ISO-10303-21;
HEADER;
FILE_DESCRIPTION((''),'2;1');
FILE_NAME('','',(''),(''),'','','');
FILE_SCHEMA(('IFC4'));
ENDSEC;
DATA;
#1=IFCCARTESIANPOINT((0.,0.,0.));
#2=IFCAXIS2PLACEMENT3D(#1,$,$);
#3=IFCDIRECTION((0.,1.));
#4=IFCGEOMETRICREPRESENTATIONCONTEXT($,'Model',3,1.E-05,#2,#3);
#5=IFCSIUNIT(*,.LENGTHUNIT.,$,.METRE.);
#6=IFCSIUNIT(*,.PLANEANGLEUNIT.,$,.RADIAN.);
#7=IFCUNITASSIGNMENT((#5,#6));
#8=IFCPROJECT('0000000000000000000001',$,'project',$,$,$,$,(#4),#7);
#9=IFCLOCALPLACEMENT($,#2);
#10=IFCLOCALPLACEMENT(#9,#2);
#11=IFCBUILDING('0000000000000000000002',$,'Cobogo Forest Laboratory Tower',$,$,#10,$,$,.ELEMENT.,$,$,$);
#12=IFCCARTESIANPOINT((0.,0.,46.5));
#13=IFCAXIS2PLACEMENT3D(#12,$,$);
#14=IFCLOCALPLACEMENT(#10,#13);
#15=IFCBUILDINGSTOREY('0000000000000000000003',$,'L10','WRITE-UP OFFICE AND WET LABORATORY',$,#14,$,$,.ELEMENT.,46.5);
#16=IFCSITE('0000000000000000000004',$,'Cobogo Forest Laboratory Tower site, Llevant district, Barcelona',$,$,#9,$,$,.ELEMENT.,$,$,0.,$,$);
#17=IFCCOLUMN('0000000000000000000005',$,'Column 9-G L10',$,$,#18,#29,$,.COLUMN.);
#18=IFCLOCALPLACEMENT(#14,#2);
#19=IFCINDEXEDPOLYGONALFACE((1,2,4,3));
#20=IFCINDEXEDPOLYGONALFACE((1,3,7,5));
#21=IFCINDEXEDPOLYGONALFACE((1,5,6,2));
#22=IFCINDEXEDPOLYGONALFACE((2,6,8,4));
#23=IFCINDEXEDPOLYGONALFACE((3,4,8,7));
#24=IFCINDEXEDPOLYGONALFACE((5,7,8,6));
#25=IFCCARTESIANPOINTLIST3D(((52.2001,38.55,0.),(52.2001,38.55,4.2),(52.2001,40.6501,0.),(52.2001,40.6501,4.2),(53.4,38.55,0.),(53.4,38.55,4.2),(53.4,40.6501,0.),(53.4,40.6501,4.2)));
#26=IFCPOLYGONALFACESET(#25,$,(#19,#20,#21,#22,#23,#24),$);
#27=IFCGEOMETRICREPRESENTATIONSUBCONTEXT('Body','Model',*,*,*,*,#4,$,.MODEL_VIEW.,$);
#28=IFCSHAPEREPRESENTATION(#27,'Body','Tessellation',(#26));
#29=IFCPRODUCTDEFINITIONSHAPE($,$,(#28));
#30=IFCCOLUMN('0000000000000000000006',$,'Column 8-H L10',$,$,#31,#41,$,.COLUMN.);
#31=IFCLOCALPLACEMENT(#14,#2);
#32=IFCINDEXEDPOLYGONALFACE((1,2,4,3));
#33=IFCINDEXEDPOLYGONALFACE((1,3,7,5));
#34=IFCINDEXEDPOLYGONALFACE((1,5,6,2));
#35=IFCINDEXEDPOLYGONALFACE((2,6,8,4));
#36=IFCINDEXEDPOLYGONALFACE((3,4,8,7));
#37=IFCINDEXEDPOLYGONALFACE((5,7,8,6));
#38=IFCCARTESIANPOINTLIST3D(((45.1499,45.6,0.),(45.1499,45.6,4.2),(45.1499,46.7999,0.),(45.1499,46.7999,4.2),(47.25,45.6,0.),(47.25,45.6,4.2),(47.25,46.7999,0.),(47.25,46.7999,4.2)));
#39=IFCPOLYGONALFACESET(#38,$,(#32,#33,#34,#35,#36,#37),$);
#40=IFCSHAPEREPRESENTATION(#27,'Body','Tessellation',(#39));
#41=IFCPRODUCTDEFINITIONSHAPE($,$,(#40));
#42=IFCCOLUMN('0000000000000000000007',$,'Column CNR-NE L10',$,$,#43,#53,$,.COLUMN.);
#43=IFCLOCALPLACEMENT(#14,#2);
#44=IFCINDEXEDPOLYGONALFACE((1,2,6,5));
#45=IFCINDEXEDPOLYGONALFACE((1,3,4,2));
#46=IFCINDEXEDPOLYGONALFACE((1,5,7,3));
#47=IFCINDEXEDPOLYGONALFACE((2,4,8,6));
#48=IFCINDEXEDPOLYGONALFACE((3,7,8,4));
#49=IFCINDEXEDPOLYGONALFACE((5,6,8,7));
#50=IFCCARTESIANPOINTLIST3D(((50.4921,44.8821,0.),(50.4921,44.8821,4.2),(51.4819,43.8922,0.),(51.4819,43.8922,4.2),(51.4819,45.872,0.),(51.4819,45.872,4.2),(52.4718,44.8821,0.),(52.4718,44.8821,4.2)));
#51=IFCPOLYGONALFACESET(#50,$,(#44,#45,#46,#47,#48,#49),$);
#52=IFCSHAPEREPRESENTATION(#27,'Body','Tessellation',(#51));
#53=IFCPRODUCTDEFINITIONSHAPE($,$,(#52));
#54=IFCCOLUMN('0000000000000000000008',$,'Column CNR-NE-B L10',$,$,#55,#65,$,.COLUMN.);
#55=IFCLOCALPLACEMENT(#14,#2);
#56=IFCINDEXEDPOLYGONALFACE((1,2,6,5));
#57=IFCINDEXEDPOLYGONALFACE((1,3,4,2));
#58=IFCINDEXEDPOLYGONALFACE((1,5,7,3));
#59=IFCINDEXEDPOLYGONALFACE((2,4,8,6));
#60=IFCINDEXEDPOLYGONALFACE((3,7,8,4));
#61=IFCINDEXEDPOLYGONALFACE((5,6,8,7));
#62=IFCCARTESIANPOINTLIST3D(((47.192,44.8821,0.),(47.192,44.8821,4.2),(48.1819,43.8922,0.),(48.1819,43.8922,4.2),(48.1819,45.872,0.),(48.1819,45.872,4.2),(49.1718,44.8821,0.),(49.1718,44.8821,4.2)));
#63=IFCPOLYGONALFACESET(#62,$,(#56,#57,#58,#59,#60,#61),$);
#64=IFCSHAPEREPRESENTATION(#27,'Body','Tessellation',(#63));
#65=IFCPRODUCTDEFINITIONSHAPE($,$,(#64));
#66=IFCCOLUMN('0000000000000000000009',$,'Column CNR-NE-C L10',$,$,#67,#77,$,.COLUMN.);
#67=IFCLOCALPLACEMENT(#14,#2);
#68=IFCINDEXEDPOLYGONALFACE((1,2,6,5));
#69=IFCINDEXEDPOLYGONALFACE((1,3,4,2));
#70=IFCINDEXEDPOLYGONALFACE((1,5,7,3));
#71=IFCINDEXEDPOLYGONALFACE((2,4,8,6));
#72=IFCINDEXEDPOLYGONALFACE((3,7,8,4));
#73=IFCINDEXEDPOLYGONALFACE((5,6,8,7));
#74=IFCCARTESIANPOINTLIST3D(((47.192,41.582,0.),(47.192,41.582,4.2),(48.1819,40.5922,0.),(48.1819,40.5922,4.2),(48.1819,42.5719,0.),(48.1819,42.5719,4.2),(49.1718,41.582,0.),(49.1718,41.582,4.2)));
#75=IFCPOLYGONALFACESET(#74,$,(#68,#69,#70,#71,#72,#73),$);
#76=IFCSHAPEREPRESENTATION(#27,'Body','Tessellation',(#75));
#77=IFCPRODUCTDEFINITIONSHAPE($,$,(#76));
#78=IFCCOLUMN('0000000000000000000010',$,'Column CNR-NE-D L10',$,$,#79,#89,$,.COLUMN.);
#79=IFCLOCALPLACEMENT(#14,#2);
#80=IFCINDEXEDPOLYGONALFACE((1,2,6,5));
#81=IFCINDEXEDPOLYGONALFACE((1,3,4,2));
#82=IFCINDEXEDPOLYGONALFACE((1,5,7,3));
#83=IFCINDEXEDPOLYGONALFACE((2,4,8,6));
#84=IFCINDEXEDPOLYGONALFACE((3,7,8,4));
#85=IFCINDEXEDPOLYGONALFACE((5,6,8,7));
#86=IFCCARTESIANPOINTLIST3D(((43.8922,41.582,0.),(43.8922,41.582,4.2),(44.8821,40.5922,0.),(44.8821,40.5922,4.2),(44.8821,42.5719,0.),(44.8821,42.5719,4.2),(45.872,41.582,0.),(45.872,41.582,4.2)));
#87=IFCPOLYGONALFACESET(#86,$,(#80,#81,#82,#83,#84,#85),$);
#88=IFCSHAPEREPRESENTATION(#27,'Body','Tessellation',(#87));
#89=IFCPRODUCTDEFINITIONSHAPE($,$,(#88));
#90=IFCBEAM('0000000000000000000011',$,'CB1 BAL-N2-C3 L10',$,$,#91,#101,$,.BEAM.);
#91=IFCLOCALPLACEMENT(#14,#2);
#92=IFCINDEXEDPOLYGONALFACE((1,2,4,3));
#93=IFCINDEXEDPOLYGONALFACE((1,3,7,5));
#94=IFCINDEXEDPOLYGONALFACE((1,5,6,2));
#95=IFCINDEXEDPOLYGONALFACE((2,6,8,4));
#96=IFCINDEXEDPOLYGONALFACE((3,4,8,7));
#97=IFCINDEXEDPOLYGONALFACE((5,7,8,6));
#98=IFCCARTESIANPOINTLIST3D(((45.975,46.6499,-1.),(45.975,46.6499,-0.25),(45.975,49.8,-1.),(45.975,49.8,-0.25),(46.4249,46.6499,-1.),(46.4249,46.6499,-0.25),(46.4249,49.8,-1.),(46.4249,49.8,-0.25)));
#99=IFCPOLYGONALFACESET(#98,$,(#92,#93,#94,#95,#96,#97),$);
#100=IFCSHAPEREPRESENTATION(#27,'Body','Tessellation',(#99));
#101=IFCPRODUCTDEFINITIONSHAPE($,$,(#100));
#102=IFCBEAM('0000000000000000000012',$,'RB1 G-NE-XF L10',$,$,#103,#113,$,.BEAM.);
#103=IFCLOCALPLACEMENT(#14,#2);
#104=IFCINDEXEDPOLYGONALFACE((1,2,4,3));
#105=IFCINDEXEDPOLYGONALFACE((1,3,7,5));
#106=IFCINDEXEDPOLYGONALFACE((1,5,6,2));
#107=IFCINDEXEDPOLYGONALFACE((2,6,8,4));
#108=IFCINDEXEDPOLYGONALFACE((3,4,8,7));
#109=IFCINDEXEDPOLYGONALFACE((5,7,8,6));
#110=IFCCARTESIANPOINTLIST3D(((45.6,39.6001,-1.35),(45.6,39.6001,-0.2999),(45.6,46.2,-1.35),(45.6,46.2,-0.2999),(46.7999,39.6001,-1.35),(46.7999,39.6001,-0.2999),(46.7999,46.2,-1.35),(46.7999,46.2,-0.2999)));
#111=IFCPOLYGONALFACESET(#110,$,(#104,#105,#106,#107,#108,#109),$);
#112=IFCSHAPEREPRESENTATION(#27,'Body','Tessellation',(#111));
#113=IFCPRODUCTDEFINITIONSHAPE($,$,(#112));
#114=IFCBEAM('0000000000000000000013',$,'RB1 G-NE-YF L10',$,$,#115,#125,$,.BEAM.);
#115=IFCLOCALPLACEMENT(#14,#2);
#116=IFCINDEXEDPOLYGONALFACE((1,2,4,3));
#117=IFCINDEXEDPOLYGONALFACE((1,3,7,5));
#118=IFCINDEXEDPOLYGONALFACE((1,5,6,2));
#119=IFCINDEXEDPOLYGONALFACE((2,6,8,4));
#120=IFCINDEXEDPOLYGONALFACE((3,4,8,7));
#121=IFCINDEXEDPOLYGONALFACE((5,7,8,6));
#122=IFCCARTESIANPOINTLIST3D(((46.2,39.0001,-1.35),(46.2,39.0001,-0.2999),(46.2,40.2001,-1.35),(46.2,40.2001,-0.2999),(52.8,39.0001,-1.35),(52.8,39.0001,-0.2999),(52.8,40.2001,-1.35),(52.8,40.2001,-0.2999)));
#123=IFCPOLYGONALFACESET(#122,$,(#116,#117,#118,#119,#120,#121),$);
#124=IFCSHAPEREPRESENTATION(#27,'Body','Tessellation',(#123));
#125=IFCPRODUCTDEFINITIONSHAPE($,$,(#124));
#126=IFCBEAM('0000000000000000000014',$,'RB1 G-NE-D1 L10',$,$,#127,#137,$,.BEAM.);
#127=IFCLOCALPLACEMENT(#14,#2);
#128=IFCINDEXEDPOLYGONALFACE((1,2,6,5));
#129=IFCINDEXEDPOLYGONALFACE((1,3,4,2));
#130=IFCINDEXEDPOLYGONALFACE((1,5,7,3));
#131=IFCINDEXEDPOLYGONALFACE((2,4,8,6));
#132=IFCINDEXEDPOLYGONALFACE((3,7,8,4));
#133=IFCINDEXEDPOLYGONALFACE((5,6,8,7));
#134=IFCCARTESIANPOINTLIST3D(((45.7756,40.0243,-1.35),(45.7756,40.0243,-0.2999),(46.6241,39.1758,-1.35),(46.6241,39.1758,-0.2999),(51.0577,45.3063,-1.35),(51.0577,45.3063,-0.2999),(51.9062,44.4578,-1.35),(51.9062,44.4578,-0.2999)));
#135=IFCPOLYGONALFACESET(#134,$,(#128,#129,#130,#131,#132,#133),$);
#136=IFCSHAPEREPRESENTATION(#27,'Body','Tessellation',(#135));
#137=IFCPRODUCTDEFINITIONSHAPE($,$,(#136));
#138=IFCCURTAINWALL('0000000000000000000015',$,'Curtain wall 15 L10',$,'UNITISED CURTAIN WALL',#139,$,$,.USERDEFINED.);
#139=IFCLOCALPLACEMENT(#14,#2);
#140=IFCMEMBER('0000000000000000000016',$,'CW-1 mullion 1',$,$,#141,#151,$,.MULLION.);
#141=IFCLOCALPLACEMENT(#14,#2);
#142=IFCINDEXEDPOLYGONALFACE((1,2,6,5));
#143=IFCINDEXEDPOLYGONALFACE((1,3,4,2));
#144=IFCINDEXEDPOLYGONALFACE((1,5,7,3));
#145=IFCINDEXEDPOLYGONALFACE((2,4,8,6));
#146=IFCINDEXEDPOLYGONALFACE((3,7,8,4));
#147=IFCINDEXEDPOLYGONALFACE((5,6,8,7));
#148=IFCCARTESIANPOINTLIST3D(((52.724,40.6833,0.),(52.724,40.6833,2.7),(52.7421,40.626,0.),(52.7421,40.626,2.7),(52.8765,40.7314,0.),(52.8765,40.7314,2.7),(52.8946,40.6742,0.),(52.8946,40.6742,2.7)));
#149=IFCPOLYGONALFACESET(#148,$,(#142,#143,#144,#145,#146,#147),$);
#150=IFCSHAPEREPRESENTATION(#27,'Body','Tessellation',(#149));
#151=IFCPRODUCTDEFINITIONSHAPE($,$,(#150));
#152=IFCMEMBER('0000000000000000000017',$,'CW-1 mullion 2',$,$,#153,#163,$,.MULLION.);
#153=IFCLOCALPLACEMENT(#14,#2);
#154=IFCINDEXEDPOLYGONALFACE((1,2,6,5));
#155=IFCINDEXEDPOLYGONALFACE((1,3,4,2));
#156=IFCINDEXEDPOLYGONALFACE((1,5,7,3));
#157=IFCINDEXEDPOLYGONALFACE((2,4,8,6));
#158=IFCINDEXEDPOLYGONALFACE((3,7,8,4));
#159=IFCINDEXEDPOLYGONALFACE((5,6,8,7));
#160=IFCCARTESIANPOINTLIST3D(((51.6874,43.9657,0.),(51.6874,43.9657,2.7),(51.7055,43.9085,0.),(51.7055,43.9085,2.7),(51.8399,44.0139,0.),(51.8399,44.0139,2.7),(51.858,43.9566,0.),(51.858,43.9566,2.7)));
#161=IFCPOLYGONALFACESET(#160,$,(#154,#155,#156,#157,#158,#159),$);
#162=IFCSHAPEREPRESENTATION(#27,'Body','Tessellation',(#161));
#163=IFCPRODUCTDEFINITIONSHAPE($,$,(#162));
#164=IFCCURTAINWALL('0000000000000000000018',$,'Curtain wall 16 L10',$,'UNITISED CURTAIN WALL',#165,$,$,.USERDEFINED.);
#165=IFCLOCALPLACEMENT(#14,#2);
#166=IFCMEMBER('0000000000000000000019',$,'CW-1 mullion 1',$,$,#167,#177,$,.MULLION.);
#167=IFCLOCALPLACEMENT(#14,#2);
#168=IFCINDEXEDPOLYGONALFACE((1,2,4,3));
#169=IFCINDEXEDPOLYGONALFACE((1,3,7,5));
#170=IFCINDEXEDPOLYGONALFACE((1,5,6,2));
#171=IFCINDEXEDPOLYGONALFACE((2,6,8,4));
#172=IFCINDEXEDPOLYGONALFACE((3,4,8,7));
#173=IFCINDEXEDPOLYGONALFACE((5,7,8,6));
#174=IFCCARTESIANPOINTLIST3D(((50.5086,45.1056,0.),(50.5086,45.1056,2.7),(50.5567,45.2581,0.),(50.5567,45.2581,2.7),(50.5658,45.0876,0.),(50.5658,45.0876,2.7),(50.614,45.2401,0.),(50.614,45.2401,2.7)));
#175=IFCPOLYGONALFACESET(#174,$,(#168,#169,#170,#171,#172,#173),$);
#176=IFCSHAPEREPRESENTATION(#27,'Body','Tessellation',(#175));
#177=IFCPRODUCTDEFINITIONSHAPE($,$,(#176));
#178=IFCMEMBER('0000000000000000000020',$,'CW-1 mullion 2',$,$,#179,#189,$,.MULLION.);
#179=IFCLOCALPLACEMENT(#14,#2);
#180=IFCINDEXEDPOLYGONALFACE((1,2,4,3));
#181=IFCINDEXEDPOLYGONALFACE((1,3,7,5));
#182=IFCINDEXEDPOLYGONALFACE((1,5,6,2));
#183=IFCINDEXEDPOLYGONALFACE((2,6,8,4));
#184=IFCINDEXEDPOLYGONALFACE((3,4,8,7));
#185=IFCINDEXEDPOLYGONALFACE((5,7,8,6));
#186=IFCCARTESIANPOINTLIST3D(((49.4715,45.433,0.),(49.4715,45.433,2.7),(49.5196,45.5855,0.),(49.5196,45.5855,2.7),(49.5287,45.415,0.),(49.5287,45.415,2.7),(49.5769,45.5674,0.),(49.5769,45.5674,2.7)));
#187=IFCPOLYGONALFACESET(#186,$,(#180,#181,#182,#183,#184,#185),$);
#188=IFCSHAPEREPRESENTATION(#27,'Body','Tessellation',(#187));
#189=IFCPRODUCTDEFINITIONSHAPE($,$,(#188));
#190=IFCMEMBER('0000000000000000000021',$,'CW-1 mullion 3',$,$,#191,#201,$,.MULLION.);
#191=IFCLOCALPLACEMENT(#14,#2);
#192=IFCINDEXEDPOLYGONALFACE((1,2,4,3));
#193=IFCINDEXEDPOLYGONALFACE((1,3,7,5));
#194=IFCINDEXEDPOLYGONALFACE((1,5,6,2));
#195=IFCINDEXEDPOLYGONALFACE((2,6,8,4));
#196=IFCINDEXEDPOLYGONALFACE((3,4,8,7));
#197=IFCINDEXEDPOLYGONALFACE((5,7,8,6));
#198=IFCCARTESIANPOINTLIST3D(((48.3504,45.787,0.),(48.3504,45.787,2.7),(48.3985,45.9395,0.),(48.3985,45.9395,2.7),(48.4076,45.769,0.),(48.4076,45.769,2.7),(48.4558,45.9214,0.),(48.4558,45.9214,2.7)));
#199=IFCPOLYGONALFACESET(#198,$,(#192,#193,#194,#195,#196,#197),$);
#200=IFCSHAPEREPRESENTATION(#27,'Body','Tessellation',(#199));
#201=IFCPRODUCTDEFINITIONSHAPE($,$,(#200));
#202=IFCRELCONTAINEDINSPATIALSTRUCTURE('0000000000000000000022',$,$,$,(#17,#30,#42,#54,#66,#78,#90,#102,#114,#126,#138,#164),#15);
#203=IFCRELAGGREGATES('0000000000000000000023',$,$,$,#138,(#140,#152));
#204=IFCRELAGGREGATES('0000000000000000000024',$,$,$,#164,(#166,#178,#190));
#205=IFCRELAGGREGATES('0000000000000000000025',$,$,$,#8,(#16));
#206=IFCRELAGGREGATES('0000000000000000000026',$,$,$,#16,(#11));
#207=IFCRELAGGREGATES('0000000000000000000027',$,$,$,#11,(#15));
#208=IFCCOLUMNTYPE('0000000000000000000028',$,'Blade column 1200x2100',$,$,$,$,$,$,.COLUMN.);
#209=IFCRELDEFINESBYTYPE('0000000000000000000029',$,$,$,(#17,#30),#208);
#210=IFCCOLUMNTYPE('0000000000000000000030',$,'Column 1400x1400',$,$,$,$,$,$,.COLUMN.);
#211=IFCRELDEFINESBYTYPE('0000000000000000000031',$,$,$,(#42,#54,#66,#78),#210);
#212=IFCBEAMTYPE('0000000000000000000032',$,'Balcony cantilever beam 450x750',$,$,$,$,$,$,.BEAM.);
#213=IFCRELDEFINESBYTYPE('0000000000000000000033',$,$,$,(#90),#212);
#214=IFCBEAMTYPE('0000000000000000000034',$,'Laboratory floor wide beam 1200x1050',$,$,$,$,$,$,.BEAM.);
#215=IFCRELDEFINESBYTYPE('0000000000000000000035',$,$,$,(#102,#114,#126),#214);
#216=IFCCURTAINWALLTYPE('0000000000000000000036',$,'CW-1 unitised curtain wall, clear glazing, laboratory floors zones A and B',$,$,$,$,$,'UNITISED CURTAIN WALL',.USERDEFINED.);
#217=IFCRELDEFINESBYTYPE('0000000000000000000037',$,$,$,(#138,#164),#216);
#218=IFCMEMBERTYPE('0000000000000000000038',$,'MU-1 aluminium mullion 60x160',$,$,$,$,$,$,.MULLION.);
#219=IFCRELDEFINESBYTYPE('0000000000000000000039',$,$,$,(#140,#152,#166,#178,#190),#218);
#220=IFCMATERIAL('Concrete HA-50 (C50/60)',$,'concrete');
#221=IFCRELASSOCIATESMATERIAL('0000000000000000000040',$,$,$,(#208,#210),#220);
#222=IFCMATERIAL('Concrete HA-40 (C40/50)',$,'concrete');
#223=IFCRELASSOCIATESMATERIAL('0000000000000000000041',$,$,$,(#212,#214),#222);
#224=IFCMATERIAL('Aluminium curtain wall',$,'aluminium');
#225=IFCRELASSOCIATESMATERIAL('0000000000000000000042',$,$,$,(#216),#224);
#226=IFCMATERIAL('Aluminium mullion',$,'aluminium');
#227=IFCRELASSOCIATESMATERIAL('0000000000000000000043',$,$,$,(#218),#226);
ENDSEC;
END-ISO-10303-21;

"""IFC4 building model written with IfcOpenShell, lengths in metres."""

from ifc_helpers import new_model, si_unit, direction, frame, origin, origin_2d, place, context, subcontext, project, spatial, rectangle, extrude, material, material_profile, profile_set, type_object, element, aggregate, save


model = new_model("IFC4")

# Units and contexts
model_context = context("Model", 3, precision=1e-05, world=origin(), true_north=direction((0.0, 1.0)))
body_context = subcontext(model_context, "Body", "Model", "MODEL_VIEW")
ifc_project = project(units=[si_unit("LENGTHUNIT", "METRE"), si_unit("PLANEANGLEUNIT", "RADIAN")], contexts=[model_context])

# Site, building, storey
site_placement = place(None, origin())
site = spatial("IfcSite", under=ifc_project, at=site_placement, Name="Cobogo Forest Laboratory Tower site, Llevant district, Barcelona", CompositionType="ELEMENT", RefElevation=0.0)
building_placement = place(site_placement, origin())
building = spatial("IfcBuilding", under=site, at=building_placement, Name="Cobogo Forest Laboratory Tower", CompositionType="ELEMENT")
storey_placement = place(building_placement, frame((0.0, 0.0, 46.5)))
storey = spatial("IfcBuildingStorey", under=building, at=storey_placement, Name="L10", Description="WRITE-UP OFFICE AND WET LABORATORY", CompositionType="ELEMENT", Elevation=46.5)

# Columns
ifc_material_1 = material(Name="Concrete HA-50 (C50/60)", Category="concrete")
ifc_material_profile_1 = material_profile(ifc_material_1, rectangle(XDim=2.1001, YDim=1.2, at=origin_2d()), Name="RC 1200x2100")
ifc_profile_set_1 = profile_set([ifc_material_profile_1], Name="Concrete HA-50 (C50/60)")
column_type_1 = type_object("IfcColumnType", Name="Blade column 1200x2100", PredefinedType="COLUMN", material=ifc_profile_set_1)
for number, where, z_axis, x_axis, name in (
    (1, (52.8, 39.6001, 0.0), (0.0, 0.0, 1.0), (0.0, 1.0, 0.0), "Column 9-G L10"),
    (2, (46.2, 46.2, 0.0), (0.0, 0.0, 1.0), (1.0, 0.0, 0.0), "Column 8-H L10"),
):
    element("IfcColumn", number, at=place(storey_placement, frame(where, z_axis=z_axis, x_axis=x_axis)), inside=storey, type_object=column_type_1, Name=name, PredefinedType="COLUMN", context=body_context, shape_type="SweptSolid", body=[
        extrude(rectangle(XDim=2.1001, YDim=1.2, at=origin_2d()), origin(), (0.0, 0.0, 1.0), 4.2),
    ])
ifc_material_profile_2 = material_profile(ifc_material_1, rectangle(XDim=1.3999, YDim=1.3999, at=origin_2d()), Name="RC 1400x1400")
ifc_profile_set_2 = profile_set([ifc_material_profile_2], Name="Concrete HA-50 (C50/60)")
column_type_2 = type_object("IfcColumnType", Name="Column 1400x1400", PredefinedType="COLUMN", material=ifc_profile_set_2)
for number, where, z_axis, x_axis, name in (
    (3, (51.4819, 44.8821, 0.0), (0.0, 0.0, 1.0), (0.707107, 0.707107, 0.0), "Column CNR-NE L10"),
    (4, (48.1819, 44.8821, 0.0), (0.0, 0.0, 1.0), (0.707107, 0.707107, 0.0), "Column CNR-NE-B L10"),
    (5, (48.1819, 41.582, 0.0), (0.0, 0.0, 1.0), (0.707107, 0.707107, 0.0), "Column CNR-NE-C L10"),
    (6, (44.8821, 41.582, 0.0), (0.0, 0.0, 1.0), (0.707107, 0.707107, 0.0), "Column CNR-NE-D L10"),
):
    element("IfcColumn", number, at=place(storey_placement, frame(where, z_axis=z_axis, x_axis=x_axis)), inside=storey, type_object=column_type_2, Name=name, PredefinedType="COLUMN", context=body_context, shape_type="SweptSolid", body=[
        extrude(rectangle(XDim=1.3999, YDim=1.3999, at=origin_2d()), origin(), (0.0, 0.0, 1.0), 4.2),
    ])

# Beams
ifc_material_2 = material(Name="Concrete HA-40 (C40/50)", Category="concrete")
ifc_material_profile_3 = material_profile(ifc_material_2, rectangle(XDim=0.45, YDim=0.75, at=origin_2d()), Name="RC 450x750")
ifc_profile_set_3 = profile_set([ifc_material_profile_3], Name="Concrete HA-40 (C40/50)")
beam_type_1 = type_object("IfcBeamType", Name="Balcony cantilever beam 450x750", PredefinedType="BEAM", material=ifc_profile_set_3)
beam_1_placement = place(storey_placement, frame((46.2, 46.6499, -0.625), z_axis=(0.0, 1.0, 0.0), x_axis=(-1.0, 0.0, 0.0)))
element("IfcBeam", 7, at=beam_1_placement, inside=storey, type_object=beam_type_1, Name="CB1 BAL-N2-C3 L10", PredefinedType="BEAM", context=body_context, shape_type="SweptSolid", body=[
    extrude(rectangle(XDim=0.45, YDim=0.75, at=origin_2d()), origin(), (0.0, 0.0, 1.0), 3.1501),
])
ifc_material_profile_4 = material_profile(ifc_material_2, rectangle(XDim=1.2, YDim=1.05, at=origin_2d()), Name="RC 1200x1050")
ifc_profile_set_4 = profile_set([ifc_material_profile_4], Name="Concrete HA-40 (C40/50)")
beam_type_2 = type_object("IfcBeamType", Name="Laboratory floor wide beam 1200x1050", PredefinedType="BEAM", material=ifc_profile_set_4)
beam_2_placement = place(storey_placement, frame((46.2, 46.2, -0.825), z_axis=(0.0, -1.0, 0.0), x_axis=(1.0, 0.0, 0.0)))
element("IfcBeam", 8, at=beam_2_placement, inside=storey, type_object=beam_type_2, Name="RB1 G-NE-XF L10", PredefinedType="BEAM", context=body_context, shape_type="SweptSolid", body=[
    extrude(rectangle(XDim=1.2, YDim=1.05, at=origin_2d()), origin(), (0.0, 0.0, 1.0), 6.5999),
])
beam_3_placement = place(storey_placement, frame((52.8, 39.6001, -0.825), z_axis=(-1.0, 0.0, 0.0), x_axis=(0.0, -1.0, 0.0)))
element("IfcBeam", 9, at=beam_3_placement, inside=storey, type_object=beam_type_2, Name="RB1 G-NE-YF L10", PredefinedType="BEAM", context=body_context, shape_type="SweptSolid", body=[
    extrude(rectangle(XDim=1.2, YDim=1.05, at=origin_2d()), origin(), (0.0, 0.0, 1.0), 6.6001),
])
beam_4_placement = place(storey_placement, frame((51.4819, 44.8821, -0.825), z_axis=(-0.707107, -0.707107, 0.0), x_axis=(0.707107, -0.707107, 0.0)))
element("IfcBeam", 10, at=beam_4_placement, inside=storey, type_object=beam_type_2, Name="RB1 G-NE-D1 L10", PredefinedType="BEAM", context=body_context, shape_type="SweptSolid", body=[
    extrude(rectangle(XDim=1.2, YDim=1.05, at=origin_2d()), origin(), (0.0, 0.0, 1.0), 7.47),
])

# Curtain walls, members
ifc_material_3 = material(Name="Aluminium curtain wall", Category="aluminium")
curtain_wall_type = type_object("IfcCurtainWallType", Name="CW-1 unitised curtain wall, clear glazing, laboratory floors zones A and B", ElementType="UNITISED CURTAIN WALL", PredefinedType="USERDEFINED", material=ifc_material_3)
curtain_wall_1_placement = place(storey_placement, origin())
curtain_wall_1 = element("IfcCurtainWall", 11, at=curtain_wall_1_placement, inside=storey, type_object=curtain_wall_type, Name="Curtain wall 15 L10", ObjectType="UNITISED CURTAIN WALL", PredefinedType="USERDEFINED")
ifc_material_4 = material(Name="Aluminium mullion", Category="aluminium")
ifc_material_profile_5 = material_profile(ifc_material_4, rectangle(XDim=0.0601, YDim=0.1599, at=origin_2d()), Name="AL 60x160")
ifc_profile_set_5 = profile_set([ifc_material_profile_5], Name="Aluminium mullion")
member_type_1 = type_object("IfcMemberType", Name="MU-1 aluminium mullion 60x160", PredefinedType="MULLION", material=ifc_profile_set_5)
member_1_placement = place(storey_placement, frame((52.8093, 40.6787, 0.0), z_axis=(0.0, 0.0, 1.0), x_axis=(-0.301135, 0.953581, 0.0)))
member_1 = element("IfcMember", 12, at=member_1_placement, type_object=member_type_1, Name="CW-1 mullion 1", PredefinedType="MULLION", context=body_context, shape_type="SweptSolid", body=[
    extrude(rectangle(XDim=0.0601, YDim=0.1599, at=origin_2d()), origin(), (0.0, 0.0, 1.0), 2.7),
])
member_2_placement = place(storey_placement, frame((51.7727, 43.9612, 0.0), z_axis=(0.0, 0.0, 1.0), x_axis=(-0.301135, 0.953581, 0.0)))
member_2 = element("IfcMember", 13, at=member_2_placement, type_object=member_type_1, Name="CW-1 mullion 2", PredefinedType="MULLION", context=body_context, shape_type="SweptSolid", body=[
    extrude(rectangle(XDim=0.0601, YDim=0.1599, at=origin_2d()), origin(), (0.0, 0.0, 1.0), 2.7),
])
curtain_wall_2_placement = place(storey_placement, origin())
curtain_wall_2 = element("IfcCurtainWall", 14, at=curtain_wall_2_placement, inside=storey, type_object=curtain_wall_type, Name="Curtain wall 16 L10", ObjectType="UNITISED CURTAIN WALL", PredefinedType="USERDEFINED")
member_3_placement = place(storey_placement, frame((50.5613, 45.1729, 0.0), z_axis=(0.0, 0.0, 1.0), x_axis=(-0.953581, 0.301135, 0.0)))
member_3 = element("IfcMember", 15, at=member_3_placement, type_object=member_type_1, Name="CW-1 mullion 1", PredefinedType="MULLION", context=body_context, shape_type="SweptSolid", body=[
    extrude(rectangle(XDim=0.0601, YDim=0.1599, at=origin_2d()), origin(), (0.0, 0.0, 1.0), 2.7),
])
member_4_placement = place(storey_placement, frame((49.5242, 45.5002, 0.0), z_axis=(0.0, 0.0, 1.0), x_axis=(-0.953581, 0.301135, 0.0)))
member_4 = element("IfcMember", 16, at=member_4_placement, type_object=member_type_1, Name="CW-1 mullion 2", PredefinedType="MULLION", context=body_context, shape_type="SweptSolid", body=[
    extrude(rectangle(XDim=0.0601, YDim=0.1599, at=origin_2d()), origin(), (0.0, 0.0, 1.0), 2.7),
])
member_5_placement = place(storey_placement, frame((48.4031, 45.8542, 0.0), z_axis=(0.0, 0.0, 1.0), x_axis=(-0.953581, 0.301135, 0.0)))
member_5 = element("IfcMember", 17, at=member_5_placement, type_object=member_type_1, Name="CW-1 mullion 3", PredefinedType="MULLION", context=body_context, shape_type="SweptSolid", body=[
    extrude(rectangle(XDim=0.0601, YDim=0.1599, at=origin_2d()), origin(), (0.0, 0.0, 1.0), 2.7),
])

aggregate(curtain_wall_1, [member_1, member_2])
aggregate(curtain_wall_2, [member_3, member_4, member_5])

save(model, "model.ifc")
